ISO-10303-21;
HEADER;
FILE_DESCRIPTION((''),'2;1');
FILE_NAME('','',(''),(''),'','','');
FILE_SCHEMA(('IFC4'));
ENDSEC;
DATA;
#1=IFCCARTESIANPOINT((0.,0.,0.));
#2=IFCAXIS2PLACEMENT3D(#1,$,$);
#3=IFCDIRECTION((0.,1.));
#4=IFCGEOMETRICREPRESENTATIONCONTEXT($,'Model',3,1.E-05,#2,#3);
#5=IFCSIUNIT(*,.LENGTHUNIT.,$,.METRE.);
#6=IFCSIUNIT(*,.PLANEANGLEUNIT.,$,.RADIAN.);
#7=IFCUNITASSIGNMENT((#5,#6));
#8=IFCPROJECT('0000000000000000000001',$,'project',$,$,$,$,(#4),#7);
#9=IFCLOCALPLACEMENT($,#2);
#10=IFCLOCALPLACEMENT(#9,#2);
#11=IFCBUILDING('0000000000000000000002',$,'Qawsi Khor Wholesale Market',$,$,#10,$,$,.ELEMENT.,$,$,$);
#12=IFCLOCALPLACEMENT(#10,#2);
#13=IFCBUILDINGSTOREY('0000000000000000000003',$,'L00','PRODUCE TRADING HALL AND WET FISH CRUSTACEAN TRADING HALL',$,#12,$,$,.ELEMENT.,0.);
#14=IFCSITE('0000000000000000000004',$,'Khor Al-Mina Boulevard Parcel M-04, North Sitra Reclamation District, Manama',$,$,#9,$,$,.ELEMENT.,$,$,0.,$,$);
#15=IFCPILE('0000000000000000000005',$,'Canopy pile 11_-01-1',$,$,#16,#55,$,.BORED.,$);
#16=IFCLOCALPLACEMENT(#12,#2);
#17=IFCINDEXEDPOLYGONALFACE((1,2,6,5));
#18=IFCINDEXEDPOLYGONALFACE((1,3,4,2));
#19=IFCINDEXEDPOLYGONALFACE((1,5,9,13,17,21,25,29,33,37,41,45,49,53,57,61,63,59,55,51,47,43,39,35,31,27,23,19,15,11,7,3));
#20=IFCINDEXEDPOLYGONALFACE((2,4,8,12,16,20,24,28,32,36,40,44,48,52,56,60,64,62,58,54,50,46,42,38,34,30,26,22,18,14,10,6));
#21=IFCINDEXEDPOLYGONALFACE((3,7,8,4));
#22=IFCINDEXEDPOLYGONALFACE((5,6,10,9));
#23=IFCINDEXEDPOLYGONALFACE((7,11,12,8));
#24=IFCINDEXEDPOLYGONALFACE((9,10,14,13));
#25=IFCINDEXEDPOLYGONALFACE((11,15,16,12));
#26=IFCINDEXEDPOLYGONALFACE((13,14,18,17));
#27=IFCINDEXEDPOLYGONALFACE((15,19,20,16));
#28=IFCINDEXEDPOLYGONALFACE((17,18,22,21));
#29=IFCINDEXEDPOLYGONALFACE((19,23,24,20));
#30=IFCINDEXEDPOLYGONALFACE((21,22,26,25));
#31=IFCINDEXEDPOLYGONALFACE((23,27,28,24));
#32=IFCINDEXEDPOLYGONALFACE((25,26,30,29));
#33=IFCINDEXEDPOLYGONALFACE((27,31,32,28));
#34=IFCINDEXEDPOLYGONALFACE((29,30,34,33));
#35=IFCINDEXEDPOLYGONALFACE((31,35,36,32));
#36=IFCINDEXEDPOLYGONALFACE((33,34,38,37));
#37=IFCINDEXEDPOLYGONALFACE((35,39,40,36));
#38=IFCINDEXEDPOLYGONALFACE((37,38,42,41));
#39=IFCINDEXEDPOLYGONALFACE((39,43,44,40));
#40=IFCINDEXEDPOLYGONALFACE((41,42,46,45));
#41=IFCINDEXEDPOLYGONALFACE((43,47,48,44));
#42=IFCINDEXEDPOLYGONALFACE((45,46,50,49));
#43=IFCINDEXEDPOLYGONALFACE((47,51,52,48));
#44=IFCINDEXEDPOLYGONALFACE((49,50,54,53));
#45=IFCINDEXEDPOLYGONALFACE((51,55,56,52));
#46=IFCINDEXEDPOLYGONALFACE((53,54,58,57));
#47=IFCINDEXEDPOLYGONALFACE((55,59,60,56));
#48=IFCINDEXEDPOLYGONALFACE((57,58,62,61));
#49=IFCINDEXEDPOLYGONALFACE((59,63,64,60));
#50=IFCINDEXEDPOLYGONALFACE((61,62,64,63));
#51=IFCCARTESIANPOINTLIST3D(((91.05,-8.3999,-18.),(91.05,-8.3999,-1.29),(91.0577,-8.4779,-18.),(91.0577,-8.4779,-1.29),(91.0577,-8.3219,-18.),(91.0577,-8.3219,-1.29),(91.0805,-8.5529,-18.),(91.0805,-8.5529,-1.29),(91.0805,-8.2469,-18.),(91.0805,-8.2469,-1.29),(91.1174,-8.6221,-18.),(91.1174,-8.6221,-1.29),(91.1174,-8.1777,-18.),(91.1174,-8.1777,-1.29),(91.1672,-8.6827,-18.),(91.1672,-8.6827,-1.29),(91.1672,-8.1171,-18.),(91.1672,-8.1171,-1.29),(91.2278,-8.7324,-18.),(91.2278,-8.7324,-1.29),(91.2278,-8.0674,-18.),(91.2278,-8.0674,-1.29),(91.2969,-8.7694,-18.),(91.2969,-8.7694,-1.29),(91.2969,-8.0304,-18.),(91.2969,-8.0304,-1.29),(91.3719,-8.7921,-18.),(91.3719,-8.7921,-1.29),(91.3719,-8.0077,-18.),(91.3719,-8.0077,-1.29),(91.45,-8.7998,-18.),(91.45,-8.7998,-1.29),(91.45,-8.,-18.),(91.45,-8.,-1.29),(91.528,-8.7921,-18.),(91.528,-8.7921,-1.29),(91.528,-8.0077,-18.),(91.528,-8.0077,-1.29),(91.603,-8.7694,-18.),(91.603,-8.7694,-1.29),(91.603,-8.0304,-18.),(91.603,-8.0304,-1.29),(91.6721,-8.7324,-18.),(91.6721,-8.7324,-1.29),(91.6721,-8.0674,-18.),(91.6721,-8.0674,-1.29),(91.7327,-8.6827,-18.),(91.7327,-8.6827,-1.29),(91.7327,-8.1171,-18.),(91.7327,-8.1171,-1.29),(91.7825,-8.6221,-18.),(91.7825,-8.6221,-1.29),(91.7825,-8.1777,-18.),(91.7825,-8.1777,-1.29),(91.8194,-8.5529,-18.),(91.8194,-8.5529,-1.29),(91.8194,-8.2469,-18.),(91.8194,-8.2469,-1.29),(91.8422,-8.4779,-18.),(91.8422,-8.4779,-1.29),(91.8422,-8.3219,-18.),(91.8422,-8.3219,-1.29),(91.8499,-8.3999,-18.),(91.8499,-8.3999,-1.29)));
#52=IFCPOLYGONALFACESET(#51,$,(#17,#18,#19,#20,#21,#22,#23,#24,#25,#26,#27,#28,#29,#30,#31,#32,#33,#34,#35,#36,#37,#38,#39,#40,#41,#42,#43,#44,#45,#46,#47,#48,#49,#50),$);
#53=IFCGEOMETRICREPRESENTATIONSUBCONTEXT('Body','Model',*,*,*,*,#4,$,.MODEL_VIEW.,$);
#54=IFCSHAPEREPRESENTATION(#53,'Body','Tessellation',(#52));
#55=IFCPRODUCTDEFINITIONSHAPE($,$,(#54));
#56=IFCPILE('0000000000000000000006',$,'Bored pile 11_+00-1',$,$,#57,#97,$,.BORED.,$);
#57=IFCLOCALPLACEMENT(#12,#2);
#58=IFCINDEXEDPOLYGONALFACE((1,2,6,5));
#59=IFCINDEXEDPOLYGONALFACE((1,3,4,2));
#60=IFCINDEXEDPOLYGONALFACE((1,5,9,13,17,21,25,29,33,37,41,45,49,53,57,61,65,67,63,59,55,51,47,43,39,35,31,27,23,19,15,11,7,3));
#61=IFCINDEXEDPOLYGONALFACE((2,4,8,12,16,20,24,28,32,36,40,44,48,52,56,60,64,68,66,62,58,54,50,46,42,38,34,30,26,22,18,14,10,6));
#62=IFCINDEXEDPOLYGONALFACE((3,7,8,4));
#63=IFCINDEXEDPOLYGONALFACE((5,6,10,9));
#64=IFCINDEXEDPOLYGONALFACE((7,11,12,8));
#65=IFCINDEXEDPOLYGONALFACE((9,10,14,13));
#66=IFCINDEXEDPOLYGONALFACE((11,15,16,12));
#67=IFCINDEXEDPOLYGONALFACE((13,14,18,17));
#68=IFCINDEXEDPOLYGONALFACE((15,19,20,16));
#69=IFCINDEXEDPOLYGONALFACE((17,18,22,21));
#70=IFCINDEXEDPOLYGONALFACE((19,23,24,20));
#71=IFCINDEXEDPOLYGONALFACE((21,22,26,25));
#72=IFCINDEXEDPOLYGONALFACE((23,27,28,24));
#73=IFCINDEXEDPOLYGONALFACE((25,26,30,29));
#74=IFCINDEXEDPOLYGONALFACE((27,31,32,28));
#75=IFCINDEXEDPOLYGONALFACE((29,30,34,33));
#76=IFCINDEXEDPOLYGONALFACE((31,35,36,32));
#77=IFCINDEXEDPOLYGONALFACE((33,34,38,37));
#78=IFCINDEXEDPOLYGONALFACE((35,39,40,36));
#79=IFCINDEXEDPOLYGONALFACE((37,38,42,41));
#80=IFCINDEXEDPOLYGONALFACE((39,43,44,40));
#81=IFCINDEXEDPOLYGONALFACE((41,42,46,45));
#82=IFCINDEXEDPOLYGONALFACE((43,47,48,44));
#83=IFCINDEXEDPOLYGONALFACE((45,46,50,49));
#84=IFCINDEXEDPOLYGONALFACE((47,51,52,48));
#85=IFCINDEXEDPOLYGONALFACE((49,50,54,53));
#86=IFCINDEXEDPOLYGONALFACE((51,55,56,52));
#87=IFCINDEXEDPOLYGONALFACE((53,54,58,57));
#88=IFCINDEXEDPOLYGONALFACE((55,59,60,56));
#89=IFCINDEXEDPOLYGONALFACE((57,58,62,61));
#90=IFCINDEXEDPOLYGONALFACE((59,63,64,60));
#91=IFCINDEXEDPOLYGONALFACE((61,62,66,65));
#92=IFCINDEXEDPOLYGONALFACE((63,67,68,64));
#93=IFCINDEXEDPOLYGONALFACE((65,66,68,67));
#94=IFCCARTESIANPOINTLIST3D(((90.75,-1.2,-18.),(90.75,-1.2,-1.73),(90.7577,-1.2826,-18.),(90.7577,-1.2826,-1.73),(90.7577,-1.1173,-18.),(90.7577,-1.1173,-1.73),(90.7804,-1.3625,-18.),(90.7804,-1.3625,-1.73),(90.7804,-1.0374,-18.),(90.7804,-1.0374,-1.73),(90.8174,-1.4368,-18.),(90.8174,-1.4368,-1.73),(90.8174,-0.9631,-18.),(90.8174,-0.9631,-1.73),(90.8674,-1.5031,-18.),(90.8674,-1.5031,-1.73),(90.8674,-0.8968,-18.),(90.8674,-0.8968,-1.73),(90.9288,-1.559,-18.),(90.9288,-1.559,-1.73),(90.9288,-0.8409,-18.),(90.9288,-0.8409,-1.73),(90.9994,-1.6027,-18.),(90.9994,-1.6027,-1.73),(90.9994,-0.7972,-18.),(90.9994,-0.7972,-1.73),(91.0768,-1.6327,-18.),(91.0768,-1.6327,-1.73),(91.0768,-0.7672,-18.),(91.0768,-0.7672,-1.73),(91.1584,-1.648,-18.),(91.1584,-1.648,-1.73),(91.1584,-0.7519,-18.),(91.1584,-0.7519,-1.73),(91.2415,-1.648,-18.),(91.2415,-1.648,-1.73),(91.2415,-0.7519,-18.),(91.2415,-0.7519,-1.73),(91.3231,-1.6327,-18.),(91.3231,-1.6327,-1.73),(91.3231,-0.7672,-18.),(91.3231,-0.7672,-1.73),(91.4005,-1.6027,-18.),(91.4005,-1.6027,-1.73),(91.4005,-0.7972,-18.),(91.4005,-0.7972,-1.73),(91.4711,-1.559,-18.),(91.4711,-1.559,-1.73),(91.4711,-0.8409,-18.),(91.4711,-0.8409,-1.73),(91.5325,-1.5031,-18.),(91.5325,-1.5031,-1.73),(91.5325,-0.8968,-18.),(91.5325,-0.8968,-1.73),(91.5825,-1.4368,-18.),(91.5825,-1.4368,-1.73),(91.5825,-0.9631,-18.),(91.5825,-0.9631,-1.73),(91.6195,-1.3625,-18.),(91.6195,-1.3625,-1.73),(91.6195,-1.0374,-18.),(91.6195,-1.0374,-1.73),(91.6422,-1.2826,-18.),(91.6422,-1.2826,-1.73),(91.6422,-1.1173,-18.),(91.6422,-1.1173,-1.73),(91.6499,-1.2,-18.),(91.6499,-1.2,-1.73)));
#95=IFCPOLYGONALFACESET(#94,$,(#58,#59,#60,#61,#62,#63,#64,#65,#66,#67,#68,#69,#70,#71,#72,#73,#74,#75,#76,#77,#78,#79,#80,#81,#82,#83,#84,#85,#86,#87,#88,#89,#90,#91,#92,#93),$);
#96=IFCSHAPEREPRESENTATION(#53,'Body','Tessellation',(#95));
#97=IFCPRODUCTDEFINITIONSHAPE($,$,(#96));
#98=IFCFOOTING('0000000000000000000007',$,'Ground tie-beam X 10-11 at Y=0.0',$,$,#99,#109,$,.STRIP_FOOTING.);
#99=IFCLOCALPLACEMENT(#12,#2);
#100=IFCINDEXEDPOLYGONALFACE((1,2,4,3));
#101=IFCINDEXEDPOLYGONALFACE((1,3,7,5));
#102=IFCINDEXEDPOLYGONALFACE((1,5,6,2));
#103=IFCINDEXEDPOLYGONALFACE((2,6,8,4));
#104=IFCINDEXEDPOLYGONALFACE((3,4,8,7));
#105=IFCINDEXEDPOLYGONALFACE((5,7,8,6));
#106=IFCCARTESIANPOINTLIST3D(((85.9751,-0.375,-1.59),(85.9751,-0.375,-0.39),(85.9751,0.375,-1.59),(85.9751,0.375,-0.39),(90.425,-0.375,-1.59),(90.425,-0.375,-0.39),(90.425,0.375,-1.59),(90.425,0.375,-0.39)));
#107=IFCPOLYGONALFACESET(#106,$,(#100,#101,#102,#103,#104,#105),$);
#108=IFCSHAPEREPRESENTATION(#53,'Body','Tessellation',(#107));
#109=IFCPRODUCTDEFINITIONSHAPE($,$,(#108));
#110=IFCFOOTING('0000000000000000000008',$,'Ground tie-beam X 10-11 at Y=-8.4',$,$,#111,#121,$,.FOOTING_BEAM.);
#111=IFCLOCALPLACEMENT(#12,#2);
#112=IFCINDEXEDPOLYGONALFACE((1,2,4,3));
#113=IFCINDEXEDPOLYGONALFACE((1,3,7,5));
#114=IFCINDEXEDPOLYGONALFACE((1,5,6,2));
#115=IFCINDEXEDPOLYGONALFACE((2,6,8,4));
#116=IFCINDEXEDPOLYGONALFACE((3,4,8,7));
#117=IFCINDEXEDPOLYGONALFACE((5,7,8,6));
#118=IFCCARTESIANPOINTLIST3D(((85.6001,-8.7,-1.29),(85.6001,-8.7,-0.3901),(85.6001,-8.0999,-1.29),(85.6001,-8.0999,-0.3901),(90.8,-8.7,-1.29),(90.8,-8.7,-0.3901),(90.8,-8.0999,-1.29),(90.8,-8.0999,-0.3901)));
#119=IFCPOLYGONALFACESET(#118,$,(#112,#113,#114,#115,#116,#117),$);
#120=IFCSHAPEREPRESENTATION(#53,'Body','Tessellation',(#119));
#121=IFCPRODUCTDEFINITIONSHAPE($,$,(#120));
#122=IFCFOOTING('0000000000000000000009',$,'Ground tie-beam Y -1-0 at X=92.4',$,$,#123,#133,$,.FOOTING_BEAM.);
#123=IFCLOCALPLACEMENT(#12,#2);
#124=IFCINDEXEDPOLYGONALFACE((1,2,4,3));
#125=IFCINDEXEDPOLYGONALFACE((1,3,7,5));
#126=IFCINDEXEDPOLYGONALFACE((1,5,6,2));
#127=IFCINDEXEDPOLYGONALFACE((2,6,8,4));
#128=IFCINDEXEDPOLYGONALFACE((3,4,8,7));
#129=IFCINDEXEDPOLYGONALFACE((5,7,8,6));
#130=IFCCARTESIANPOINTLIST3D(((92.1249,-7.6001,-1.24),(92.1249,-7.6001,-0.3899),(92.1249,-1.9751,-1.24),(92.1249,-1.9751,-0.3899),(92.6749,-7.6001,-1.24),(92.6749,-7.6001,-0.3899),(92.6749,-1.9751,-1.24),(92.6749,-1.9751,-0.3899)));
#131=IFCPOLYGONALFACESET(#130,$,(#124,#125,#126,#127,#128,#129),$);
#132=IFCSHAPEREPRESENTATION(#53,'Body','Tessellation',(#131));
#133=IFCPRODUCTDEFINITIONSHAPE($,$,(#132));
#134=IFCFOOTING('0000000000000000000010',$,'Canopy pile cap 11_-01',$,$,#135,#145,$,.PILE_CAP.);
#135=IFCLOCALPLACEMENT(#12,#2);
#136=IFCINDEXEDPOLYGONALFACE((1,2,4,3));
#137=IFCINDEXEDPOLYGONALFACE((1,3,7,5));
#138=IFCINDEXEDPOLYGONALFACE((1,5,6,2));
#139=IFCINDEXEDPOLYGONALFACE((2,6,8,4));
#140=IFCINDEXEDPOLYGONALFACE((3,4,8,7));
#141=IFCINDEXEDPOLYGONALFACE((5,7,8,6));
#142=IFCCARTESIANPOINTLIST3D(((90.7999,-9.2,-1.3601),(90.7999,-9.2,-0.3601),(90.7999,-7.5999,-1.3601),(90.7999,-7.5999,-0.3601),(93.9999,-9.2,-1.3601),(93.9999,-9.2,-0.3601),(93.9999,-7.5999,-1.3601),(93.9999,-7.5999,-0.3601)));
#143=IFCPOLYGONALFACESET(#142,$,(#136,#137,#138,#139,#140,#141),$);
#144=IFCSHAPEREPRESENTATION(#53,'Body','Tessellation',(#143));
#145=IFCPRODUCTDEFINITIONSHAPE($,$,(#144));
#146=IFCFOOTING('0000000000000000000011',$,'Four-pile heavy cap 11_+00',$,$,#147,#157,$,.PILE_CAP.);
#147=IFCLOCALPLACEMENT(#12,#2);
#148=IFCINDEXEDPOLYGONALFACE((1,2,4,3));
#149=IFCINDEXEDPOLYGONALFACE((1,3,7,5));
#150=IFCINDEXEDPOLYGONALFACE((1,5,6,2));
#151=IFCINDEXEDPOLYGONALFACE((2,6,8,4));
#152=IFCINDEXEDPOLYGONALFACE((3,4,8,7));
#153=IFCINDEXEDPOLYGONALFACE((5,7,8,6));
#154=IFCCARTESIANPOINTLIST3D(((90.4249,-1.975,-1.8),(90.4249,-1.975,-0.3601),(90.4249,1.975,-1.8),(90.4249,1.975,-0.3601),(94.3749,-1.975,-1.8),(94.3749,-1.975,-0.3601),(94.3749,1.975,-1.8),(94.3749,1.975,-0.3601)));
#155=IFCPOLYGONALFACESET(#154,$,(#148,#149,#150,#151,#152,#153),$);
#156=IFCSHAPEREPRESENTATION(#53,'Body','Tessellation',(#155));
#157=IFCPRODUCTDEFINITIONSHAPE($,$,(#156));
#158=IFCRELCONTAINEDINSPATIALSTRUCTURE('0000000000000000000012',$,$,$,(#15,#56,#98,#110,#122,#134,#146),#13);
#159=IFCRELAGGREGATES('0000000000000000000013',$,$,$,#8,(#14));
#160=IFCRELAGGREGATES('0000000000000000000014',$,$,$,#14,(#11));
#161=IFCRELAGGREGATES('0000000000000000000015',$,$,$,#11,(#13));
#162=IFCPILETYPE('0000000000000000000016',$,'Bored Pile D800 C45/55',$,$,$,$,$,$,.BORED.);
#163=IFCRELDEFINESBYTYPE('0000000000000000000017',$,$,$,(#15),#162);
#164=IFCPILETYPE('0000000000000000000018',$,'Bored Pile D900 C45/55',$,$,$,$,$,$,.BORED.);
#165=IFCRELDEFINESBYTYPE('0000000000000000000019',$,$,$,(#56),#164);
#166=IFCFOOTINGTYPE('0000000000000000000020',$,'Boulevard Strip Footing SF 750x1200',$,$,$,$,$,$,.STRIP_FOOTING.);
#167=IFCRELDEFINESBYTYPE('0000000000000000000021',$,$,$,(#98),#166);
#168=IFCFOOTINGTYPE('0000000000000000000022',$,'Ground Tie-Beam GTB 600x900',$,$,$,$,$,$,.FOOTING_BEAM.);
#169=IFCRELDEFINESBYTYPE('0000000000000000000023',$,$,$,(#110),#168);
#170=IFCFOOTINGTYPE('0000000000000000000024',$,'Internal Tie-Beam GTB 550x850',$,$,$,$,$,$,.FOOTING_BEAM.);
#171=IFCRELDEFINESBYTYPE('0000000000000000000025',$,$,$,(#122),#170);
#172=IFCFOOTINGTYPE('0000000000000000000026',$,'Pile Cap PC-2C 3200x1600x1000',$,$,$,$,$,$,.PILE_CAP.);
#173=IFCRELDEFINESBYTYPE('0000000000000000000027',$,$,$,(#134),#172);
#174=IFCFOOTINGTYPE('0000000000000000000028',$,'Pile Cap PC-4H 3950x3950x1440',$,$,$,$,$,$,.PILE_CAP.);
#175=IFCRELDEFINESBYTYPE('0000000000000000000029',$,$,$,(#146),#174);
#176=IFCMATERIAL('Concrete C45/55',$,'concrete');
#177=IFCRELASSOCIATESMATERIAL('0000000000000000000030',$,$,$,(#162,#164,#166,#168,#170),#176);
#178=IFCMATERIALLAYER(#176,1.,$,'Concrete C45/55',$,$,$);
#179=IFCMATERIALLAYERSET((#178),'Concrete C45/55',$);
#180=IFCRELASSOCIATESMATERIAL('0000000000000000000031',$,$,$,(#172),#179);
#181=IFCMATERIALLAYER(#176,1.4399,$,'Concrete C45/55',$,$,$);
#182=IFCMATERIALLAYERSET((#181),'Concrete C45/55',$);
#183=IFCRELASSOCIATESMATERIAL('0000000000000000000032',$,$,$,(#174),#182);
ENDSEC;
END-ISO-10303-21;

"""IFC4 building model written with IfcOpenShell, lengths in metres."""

from ifc_helpers import new_model, si_unit, direction, frame, origin, origin_2d, place, context, subcontext, project, spatial, rectangle, circle, extrude, material, layer, layer_set, material_profile, profile_set, type_object, element, save


model = new_model("IFC4")

# Units and contexts
model_context = context("Model", 3, precision=1e-05, world=origin(), true_north=direction((0.0, 1.0)))
body_context = subcontext(model_context, "Body", "Model", "MODEL_VIEW")
ifc_project = project(units=[si_unit("LENGTHUNIT", "METRE"), si_unit("PLANEANGLEUNIT", "RADIAN")], contexts=[model_context])

# Site, building, storey
site_placement = place(None, origin())
site = spatial("IfcSite", under=ifc_project, at=site_placement, Name="Khor Al-Mina Boulevard Parcel M-04, North Sitra Reclamation District, Manama", CompositionType="ELEMENT", RefElevation=0.0)
building_placement = place(site_placement, origin())
building = spatial("IfcBuilding", under=site, at=building_placement, Name="Qawsi Khor Wholesale Market", CompositionType="ELEMENT")
storey_placement = place(building_placement, origin())
storey = spatial("IfcBuildingStorey", under=building, at=storey_placement, Name="L00", Description="PRODUCE TRADING HALL AND WET FISH CRUSTACEAN TRADING HALL", CompositionType="ELEMENT", Elevation=0.0)

# Piles
ifc_material_1 = material(Name="Concrete C45/55", Category="concrete")
ifc_material_profile_1 = material_profile(ifc_material_1, circle(Radius=0.3999, at=origin_2d()), Name="PILE D800")
ifc_profile_set_1 = profile_set([ifc_material_profile_1], Name="Concrete C45/55")
pile_type_1 = type_object("IfcPileType", Name="Bored Pile D800 C45/55", PredefinedType="BORED", material=ifc_profile_set_1)
pile_1_placement = place(storey_placement, frame((91.45, -8.3999, -1.29), z_axis=(0.0, 0.0, -1.0), x_axis=(1.0, 0.0, 0.0)))
element("IfcPile", 1, at=pile_1_placement, inside=storey, type_object=pile_type_1, Name="Canopy pile 11_-01-1", PredefinedType="BORED", context=body_context, shape_type="SweptSolid", body=[
    extrude(circle(Radius=0.3999, at=origin_2d()), origin(), (0.0, 0.0, 1.0), 16.71),
])
ifc_material_profile_2 = material_profile(ifc_material_1, circle(Radius=0.45, at=origin_2d()), Name="PILE D900")
ifc_profile_set_2 = profile_set([ifc_material_profile_2], Name="Concrete C45/55")
pile_type_2 = type_object("IfcPileType", Name="Bored Pile D900 C45/55", PredefinedType="BORED", material=ifc_profile_set_2)
pile_2_placement = place(storey_placement, frame((91.2, -1.2, -1.73), z_axis=(0.0, 0.0, -1.0), x_axis=(1.0, 0.0, 0.0)))
element("IfcPile", 2, at=pile_2_placement, inside=storey, type_object=pile_type_2, Name="Bored pile 11_+00-1", PredefinedType="BORED", context=body_context, shape_type="SweptSolid", body=[
    extrude(circle(Radius=0.45, at=origin_2d()), origin(), (0.0, 0.0, 1.0), 16.27),
])

# Footings
ifc_material_profile_3 = material_profile(ifc_material_1, rectangle(XDim=0.75, YDim=1.2, at=origin_2d()), Name="RC 750x1200")
ifc_profile_set_3 = profile_set([ifc_material_profile_3], Name="Concrete C45/55")
footing_type_1 = type_object("IfcFootingType", Name="Boulevard Strip Footing SF 750x1200", PredefinedType="STRIP_FOOTING", material=ifc_profile_set_3)
footing_1_placement = place(storey_placement, frame((85.9751, 0.0, -0.99), z_axis=(1.0, 0.0, 0.0), x_axis=(0.0, 1.0, 0.0)))
element("IfcFooting", 3, at=footing_1_placement, inside=storey, type_object=footing_type_1, Name="Ground tie-beam X 10-11 at Y=0.0", PredefinedType="STRIP_FOOTING", context=body_context, shape_type="SweptSolid", body=[
    extrude(rectangle(XDim=0.75, YDim=1.2, at=origin_2d()), origin(), (0.0, 0.0, 1.0), 4.45),
])
ifc_material_profile_4 = material_profile(ifc_material_1, rectangle(XDim=0.6001, YDim=0.8999, at=origin_2d()), Name="RC 600x900")
ifc_profile_set_4 = profile_set([ifc_material_profile_4], Name="Concrete C45/55")
footing_type_2 = type_object("IfcFootingType", Name="Ground Tie-Beam GTB 600x900", PredefinedType="FOOTING_BEAM", material=ifc_profile_set_4)
footing_2_placement = place(storey_placement, frame((85.6001, -8.3999, -0.8401), z_axis=(1.0, 0.0, 0.0), x_axis=(0.0, 1.0, 0.0)))
element("IfcFooting", 4, at=footing_2_placement, inside=storey, type_object=footing_type_2, Name="Ground tie-beam X 10-11 at Y=-8.4", PredefinedType="FOOTING_BEAM", context=body_context, shape_type="SweptSolid", body=[
    extrude(rectangle(XDim=0.6001, YDim=0.8999, at=origin_2d()), origin(), (0.0, 0.0, 1.0), 5.2),
])
ifc_material_profile_5 = material_profile(ifc_material_1, rectangle(XDim=0.55, YDim=0.8501, at=origin_2d()), Name="RC 550x850")
ifc_profile_set_5 = profile_set([ifc_material_profile_5], Name="Concrete C45/55")
footing_type_3 = type_object("IfcFootingType", Name="Internal Tie-Beam GTB 550x850", PredefinedType="FOOTING_BEAM", material=ifc_profile_set_5)
footing_3_placement = place(storey_placement, frame((92.3999, -7.6001, -0.8149), z_axis=(0.0, 1.0, 0.0), x_axis=(-1.0, 0.0, 0.0)))
element("IfcFooting", 5, at=footing_3_placement, inside=storey, type_object=footing_type_3, Name="Ground tie-beam Y -1-0 at X=92.4", PredefinedType="FOOTING_BEAM", context=body_context, shape_type="SweptSolid", body=[
    extrude(rectangle(XDim=0.55, YDim=0.8501, at=origin_2d()), origin(), (0.0, 0.0, 1.0), 5.625),
])
ifc_layer_1 = layer(ifc_material_1, 1.0, Name="Concrete C45/55")
ifc_layer_set_1 = layer_set([ifc_layer_1], Name="Concrete C45/55")
footing_type_4 = type_object("IfcFootingType", Name="Pile Cap PC-2C 3200x1600x1000", PredefinedType="PILE_CAP", material=ifc_layer_set_1)
footing_4_placement = place(storey_placement, frame((92.3999, -8.3999, -1.3601), z_axis=(0.0, 0.0, 1.0), x_axis=(1.0, 0.0, 0.0)))
element("IfcFooting", 6, at=footing_4_placement, inside=storey, type_object=footing_type_4, Name="Canopy pile cap 11_-01", PredefinedType="PILE_CAP", context=body_context, shape_type="SweptSolid", body=[
    extrude(rectangle(XDim=3.2, YDim=1.6001, at=origin_2d()), origin(), (0.0, 0.0, 1.0), 1.0),
])
ifc_layer_2 = layer(ifc_material_1, 1.4399, Name="Concrete C45/55")
ifc_layer_set_2 = layer_set([ifc_layer_2], Name="Concrete C45/55")
footing_type_5 = type_object("IfcFootingType", Name="Pile Cap PC-4H 3950x3950x1440", PredefinedType="PILE_CAP", material=ifc_layer_set_2)
footing_5_placement = place(storey_placement, frame((92.3999, 0.0, -1.8), z_axis=(0.0, 0.0, 1.0), x_axis=(1.0, 0.0, 0.0)))
element("IfcFooting", 7, at=footing_5_placement, inside=storey, type_object=footing_type_5, Name="Four-pile heavy cap 11_+00", PredefinedType="PILE_CAP", context=body_context, shape_type="SweptSolid", body=[
    extrude(rectangle(XDim=3.95, YDim=3.95, at=origin_2d()), origin(), (0.0, 0.0, 1.0), 1.4399),
])

save(model, "model.ifc")
